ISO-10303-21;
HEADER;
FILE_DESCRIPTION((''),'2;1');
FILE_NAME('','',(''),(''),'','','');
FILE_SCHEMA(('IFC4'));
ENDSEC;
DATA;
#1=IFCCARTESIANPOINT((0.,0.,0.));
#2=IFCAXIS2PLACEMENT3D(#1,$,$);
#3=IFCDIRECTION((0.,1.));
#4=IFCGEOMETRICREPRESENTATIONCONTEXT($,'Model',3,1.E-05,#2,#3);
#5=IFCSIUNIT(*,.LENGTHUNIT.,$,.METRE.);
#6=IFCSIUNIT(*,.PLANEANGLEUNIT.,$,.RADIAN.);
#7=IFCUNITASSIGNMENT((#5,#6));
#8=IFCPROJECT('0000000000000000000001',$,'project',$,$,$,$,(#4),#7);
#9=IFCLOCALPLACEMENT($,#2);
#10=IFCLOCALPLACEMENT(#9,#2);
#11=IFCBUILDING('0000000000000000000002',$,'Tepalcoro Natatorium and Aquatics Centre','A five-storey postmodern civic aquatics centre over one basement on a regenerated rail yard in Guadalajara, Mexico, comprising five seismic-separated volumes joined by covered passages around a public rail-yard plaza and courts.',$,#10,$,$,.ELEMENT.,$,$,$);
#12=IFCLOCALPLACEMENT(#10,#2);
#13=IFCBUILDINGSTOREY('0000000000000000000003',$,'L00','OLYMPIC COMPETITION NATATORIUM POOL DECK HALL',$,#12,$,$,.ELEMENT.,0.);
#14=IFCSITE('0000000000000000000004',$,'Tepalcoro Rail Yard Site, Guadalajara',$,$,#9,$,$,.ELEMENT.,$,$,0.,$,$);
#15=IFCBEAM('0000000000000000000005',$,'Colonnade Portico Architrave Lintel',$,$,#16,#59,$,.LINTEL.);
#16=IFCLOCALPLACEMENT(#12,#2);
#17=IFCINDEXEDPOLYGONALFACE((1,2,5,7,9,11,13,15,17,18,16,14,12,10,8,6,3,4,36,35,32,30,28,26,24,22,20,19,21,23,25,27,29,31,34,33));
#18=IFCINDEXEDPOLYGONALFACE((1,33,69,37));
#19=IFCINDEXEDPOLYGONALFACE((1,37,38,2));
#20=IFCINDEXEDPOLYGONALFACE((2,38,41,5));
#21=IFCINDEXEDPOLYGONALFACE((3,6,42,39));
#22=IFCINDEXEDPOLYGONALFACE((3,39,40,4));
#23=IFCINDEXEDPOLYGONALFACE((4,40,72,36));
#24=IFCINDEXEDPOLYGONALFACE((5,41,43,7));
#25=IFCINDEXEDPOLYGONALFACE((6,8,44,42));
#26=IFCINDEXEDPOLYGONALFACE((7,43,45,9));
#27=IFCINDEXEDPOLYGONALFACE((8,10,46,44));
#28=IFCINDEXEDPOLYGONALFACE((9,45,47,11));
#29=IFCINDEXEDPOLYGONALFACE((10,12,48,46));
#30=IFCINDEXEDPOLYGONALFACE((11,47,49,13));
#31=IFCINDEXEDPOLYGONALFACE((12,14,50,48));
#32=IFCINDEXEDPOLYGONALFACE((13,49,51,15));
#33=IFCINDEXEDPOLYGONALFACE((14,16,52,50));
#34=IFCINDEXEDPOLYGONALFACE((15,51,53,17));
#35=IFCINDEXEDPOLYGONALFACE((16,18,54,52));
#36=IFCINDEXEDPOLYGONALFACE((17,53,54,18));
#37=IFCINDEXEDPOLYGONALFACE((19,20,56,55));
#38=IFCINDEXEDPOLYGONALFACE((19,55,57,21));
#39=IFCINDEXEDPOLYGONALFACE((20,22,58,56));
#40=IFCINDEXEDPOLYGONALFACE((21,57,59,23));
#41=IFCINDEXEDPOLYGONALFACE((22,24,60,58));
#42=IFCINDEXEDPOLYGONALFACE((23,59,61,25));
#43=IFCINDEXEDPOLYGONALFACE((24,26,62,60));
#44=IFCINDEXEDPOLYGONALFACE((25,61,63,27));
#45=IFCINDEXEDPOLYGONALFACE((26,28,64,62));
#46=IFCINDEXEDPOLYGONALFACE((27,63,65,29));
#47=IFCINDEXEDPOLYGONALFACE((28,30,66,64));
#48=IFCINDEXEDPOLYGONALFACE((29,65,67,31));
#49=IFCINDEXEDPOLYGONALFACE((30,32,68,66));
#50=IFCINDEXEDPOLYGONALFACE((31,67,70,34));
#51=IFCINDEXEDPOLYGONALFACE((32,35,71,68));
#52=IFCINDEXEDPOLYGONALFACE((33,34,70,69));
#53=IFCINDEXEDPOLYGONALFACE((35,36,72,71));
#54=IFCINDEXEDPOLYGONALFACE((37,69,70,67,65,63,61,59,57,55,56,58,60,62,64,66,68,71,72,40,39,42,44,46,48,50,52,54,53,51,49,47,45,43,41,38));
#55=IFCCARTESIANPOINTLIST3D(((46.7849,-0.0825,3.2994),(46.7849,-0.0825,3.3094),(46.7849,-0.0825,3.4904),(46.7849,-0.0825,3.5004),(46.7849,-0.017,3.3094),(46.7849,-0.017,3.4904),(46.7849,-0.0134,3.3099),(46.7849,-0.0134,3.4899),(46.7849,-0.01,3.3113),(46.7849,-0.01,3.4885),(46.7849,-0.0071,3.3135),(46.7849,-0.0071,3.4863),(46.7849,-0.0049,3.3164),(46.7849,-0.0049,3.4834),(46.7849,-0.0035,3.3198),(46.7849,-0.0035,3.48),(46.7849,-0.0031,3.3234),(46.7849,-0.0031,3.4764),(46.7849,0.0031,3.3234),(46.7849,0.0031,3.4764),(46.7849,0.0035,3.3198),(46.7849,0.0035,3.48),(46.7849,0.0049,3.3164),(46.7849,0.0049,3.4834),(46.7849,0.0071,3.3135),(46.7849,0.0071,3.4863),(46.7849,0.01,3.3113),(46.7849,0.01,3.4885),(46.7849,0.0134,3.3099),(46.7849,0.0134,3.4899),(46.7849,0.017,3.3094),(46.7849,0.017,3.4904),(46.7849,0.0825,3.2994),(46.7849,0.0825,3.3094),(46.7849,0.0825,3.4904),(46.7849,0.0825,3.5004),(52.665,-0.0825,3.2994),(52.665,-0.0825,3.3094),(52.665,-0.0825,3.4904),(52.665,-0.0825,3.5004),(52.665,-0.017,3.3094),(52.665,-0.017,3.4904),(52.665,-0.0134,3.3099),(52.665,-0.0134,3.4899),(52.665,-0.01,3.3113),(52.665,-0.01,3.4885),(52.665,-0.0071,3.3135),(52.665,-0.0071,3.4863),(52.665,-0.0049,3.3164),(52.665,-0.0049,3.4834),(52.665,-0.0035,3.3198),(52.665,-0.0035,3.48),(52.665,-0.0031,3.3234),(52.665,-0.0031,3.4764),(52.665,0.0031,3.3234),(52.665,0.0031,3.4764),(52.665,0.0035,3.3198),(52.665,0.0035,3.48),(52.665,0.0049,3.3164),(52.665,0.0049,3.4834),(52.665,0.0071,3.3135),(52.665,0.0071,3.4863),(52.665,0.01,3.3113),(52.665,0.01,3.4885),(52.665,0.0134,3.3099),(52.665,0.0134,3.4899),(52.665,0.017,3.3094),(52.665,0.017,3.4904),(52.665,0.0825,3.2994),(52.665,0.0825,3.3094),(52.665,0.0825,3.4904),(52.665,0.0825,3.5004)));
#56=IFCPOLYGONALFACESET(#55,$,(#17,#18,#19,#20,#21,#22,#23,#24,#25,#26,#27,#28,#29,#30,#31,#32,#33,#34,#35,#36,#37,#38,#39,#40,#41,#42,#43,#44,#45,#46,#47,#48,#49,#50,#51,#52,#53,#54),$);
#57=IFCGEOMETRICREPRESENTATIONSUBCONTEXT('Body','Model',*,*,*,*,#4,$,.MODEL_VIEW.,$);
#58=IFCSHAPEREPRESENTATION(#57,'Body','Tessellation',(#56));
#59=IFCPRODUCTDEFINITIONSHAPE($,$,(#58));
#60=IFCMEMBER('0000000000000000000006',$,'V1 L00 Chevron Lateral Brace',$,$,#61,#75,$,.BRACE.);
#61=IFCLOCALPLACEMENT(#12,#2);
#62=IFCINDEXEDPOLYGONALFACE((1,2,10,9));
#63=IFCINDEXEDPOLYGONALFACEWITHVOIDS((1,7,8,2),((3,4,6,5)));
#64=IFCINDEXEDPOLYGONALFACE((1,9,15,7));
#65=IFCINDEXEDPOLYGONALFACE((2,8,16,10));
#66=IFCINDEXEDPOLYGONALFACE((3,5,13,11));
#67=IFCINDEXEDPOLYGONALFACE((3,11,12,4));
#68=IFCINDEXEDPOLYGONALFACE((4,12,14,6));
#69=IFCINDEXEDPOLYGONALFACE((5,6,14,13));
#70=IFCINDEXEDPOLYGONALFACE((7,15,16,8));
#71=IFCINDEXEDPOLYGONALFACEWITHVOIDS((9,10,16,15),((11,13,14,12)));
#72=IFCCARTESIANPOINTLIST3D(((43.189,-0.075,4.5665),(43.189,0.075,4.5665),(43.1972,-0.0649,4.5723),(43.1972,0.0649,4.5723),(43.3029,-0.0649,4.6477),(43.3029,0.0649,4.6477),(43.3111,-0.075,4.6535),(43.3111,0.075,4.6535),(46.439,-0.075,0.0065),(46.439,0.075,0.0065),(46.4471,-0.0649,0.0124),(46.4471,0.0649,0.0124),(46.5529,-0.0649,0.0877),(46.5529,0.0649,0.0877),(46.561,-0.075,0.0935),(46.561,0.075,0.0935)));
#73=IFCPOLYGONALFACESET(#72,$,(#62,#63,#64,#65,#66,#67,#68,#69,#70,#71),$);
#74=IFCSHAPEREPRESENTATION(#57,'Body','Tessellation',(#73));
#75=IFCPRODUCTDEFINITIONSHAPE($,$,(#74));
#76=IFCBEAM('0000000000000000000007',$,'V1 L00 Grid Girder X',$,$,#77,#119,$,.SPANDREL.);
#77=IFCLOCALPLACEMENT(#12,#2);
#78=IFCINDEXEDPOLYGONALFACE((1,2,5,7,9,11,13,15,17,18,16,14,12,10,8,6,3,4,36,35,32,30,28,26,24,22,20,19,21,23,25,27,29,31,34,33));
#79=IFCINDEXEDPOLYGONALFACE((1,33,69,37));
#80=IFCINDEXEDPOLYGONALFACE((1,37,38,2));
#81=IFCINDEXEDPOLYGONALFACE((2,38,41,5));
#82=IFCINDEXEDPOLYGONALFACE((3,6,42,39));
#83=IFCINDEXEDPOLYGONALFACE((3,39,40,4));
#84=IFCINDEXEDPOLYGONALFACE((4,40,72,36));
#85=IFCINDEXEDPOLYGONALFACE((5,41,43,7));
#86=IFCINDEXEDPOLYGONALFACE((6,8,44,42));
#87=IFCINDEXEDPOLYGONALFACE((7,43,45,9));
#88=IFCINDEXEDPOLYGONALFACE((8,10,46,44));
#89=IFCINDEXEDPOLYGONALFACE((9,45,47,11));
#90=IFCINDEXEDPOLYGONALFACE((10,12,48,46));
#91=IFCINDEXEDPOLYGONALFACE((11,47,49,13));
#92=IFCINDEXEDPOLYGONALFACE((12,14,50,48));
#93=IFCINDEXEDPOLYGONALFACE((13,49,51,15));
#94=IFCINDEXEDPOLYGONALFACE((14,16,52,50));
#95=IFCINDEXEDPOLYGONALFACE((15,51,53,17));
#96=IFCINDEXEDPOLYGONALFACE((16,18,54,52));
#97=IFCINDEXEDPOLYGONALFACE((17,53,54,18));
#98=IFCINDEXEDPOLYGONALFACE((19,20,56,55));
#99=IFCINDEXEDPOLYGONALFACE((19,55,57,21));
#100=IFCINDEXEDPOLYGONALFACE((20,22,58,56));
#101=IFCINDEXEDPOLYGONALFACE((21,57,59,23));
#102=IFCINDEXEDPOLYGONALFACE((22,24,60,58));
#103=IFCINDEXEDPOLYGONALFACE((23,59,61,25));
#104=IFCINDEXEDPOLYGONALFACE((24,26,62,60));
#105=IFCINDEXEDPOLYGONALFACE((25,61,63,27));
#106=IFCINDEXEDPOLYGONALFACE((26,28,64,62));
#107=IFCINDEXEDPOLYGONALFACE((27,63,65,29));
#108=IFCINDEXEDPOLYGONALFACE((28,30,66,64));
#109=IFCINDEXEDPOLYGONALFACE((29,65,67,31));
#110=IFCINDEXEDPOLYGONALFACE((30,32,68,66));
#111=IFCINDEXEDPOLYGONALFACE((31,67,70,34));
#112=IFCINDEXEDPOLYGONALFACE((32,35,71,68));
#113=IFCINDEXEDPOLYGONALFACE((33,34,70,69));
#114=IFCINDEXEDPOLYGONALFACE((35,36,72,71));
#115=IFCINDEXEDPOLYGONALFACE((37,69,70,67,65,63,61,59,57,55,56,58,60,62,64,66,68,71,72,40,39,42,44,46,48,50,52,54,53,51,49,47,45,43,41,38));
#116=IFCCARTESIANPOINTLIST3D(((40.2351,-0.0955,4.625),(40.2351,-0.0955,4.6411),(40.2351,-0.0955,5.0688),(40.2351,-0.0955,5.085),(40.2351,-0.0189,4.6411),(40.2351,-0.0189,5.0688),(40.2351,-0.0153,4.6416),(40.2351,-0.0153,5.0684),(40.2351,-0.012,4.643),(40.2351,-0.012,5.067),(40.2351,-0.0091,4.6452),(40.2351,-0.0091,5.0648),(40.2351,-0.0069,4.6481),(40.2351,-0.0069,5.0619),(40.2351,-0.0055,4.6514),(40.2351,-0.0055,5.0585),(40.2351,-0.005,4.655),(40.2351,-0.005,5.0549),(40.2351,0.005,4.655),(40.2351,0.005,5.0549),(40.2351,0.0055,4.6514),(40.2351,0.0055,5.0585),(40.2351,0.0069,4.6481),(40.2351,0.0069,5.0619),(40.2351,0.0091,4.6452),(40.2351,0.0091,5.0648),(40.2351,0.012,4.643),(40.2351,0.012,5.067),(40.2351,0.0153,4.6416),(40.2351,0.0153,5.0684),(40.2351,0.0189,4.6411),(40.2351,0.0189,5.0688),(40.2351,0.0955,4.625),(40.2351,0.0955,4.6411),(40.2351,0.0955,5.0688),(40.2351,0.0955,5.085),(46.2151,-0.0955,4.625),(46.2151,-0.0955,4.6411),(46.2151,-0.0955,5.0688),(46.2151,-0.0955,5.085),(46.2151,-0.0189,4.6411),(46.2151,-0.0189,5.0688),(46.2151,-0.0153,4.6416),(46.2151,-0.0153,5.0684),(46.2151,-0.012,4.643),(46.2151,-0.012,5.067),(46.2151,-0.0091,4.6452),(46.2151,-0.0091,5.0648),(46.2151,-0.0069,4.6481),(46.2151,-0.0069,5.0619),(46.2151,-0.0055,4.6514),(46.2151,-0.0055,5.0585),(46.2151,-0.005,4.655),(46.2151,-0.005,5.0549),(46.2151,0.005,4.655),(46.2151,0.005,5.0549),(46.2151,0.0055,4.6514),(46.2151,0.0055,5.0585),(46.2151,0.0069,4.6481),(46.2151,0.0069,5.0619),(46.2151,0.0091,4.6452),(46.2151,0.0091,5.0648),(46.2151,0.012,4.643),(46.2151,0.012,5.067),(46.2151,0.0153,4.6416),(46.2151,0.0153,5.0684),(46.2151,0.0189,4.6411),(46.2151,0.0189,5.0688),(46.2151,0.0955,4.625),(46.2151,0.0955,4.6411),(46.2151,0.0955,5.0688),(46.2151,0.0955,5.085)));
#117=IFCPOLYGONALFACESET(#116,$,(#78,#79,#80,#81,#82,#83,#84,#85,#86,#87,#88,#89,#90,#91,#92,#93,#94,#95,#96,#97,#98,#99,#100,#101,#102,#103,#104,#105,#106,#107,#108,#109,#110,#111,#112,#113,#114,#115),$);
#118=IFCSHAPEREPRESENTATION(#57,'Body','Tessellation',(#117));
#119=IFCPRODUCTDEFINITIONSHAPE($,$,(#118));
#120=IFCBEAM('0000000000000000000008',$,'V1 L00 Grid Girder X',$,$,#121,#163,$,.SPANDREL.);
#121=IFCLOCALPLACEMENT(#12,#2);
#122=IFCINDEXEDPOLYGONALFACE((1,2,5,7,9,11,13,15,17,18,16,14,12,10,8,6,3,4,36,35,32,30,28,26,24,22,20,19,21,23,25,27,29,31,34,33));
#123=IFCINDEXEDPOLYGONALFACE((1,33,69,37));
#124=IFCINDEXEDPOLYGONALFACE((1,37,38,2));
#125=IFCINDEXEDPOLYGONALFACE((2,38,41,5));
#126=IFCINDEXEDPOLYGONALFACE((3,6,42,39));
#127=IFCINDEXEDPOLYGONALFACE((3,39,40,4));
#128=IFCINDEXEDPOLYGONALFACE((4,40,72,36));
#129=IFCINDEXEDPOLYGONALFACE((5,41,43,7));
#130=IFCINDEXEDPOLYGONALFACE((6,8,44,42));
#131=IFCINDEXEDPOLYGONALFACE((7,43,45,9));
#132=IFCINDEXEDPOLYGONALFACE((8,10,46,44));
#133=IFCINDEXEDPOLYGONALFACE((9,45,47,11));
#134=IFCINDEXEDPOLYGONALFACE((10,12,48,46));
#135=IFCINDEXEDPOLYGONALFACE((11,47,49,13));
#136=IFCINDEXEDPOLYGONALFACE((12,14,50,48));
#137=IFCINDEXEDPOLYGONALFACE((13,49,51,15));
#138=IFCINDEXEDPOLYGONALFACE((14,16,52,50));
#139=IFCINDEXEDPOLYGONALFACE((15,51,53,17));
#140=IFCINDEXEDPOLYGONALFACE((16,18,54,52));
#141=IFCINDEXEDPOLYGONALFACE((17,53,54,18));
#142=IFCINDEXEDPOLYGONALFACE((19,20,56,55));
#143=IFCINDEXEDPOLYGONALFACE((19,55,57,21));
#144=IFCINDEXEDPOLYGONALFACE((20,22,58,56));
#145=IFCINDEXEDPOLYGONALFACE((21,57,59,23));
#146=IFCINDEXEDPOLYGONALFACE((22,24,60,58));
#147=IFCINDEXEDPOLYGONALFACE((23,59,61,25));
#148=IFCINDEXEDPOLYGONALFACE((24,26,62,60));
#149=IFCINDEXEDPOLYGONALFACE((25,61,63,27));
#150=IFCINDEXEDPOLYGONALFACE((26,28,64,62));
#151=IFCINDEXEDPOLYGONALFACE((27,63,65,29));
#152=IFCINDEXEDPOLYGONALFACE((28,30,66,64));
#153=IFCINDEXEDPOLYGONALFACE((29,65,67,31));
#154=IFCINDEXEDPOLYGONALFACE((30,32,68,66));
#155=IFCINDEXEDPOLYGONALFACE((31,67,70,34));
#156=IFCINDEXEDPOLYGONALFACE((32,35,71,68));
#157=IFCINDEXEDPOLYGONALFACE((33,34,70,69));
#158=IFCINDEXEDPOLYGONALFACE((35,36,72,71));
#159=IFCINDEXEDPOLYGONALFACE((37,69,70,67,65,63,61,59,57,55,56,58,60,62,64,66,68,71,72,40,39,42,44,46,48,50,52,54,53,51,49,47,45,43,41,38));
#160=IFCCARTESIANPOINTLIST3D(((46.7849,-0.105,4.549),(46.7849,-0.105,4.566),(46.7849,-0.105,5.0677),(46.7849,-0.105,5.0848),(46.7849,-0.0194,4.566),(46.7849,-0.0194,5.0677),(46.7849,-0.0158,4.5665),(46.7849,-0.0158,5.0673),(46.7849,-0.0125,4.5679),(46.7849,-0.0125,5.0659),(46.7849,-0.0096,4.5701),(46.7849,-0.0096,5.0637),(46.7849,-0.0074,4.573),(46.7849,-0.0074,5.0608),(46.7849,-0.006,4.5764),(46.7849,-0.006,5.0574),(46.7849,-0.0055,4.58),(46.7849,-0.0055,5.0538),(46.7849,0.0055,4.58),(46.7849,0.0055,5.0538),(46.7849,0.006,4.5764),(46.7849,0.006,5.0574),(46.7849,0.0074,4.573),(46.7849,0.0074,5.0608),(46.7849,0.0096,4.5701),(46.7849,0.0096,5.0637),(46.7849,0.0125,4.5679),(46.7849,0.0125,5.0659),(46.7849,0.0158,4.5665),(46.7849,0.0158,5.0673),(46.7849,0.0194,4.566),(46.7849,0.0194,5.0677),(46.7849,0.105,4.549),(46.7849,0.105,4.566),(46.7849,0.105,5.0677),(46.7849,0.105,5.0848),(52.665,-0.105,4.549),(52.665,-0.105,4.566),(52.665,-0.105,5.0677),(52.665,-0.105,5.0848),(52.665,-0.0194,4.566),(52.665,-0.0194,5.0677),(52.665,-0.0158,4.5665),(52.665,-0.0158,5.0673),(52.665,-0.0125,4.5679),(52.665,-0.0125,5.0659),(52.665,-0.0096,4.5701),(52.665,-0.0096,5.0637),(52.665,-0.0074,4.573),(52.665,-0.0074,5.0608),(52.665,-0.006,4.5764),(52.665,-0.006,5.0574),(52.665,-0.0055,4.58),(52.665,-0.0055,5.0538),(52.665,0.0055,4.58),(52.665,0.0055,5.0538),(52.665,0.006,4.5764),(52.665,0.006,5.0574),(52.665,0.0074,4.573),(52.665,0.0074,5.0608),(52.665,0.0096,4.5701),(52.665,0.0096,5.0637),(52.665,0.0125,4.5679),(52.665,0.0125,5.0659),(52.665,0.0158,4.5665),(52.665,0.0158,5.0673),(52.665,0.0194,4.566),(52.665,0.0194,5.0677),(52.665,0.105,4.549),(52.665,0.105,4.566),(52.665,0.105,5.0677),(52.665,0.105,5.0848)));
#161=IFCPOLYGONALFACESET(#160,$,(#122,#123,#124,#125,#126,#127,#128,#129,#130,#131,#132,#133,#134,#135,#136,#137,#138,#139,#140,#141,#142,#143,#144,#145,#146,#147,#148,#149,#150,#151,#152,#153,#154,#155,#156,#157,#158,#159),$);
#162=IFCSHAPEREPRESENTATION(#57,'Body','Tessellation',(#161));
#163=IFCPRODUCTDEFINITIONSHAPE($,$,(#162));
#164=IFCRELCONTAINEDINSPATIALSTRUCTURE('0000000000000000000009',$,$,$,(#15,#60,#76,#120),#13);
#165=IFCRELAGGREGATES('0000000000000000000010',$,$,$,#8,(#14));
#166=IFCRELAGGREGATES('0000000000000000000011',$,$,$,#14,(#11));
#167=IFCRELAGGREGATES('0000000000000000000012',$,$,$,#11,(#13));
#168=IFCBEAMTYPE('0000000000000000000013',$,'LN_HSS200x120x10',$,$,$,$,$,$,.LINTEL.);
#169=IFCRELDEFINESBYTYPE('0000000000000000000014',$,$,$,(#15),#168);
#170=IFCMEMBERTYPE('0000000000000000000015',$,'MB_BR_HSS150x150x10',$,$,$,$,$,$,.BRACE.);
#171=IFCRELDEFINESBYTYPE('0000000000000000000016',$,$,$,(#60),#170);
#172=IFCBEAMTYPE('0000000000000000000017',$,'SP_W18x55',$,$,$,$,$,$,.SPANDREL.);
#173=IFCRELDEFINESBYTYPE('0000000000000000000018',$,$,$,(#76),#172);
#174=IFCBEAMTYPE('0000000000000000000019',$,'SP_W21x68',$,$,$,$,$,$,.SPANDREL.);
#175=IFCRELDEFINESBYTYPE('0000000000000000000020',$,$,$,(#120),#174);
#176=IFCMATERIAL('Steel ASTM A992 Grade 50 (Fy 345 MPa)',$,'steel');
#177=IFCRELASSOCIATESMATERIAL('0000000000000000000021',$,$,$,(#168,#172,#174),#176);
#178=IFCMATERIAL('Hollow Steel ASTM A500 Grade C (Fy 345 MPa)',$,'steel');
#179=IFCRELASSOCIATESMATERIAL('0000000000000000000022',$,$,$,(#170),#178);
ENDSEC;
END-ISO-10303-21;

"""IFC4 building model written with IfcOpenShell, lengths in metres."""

from ifc_helpers import new_model, si_unit, direction, frame, origin, origin_2d, place, context, subcontext, project, spatial, hollow_rectangle, i_section, extrude, material, material_profile, profile_set, type_object, element, save


model = new_model("IFC4")

# Units and contexts
model_context = context("Model", 3, precision=1e-05, world=origin(), true_north=direction((0.0, 1.0)))
body_context = subcontext(model_context, "Body", "Model", "MODEL_VIEW")
ifc_project = project(units=[si_unit("LENGTHUNIT", "METRE"), si_unit("PLANEANGLEUNIT", "RADIAN")], contexts=[model_context])

# Site, building, storey
site_placement = place(None, origin())
site = spatial("IfcSite", under=ifc_project, at=site_placement, Name="Tepalcoro Rail Yard Site, Guadalajara", CompositionType="ELEMENT", RefElevation=0.0)
building_placement = place(site_placement, origin())
building = spatial("IfcBuilding", under=site, at=building_placement, Name="Tepalcoro Natatorium and Aquatics Centre", Description="A five-storey postmodern civic aquatics centre over one basement on a regenerated rail yard in Guadalajara, Mexico, comprising five seismic-separated volumes joined by covered passages around a public rail-yard plaza and courts.", CompositionType="ELEMENT")
storey_placement = place(building_placement, origin())
storey = spatial("IfcBuildingStorey", under=building, at=storey_placement, Name="L00", Description="OLYMPIC COMPETITION NATATORIUM POOL DECK HALL", CompositionType="ELEMENT", Elevation=0.0)

# Beam
ifc_material_1 = material(Name="Steel ASTM A992 Grade 50 (Fy 345 MPa)", Category="steel")
ifc_material_profile_1 = material_profile(ifc_material_1, i_section(OverallWidth=0.165, OverallDepth=0.2009, WebThickness=0.0061, FlangeThickness=0.01, FilletRadius=0.0139, at=origin_2d()), Name="W8X24")
ifc_profile_set_1 = profile_set([ifc_material_profile_1], Name="Steel ASTM A992 Grade 50 (Fy 345 MPa)")
beam_type_1 = type_object("IfcBeamType", Name="LN_HSS200x120x10", PredefinedType="LINTEL", material=ifc_profile_set_1)
beam_1_placement = place(storey_placement, frame((46.7849, 0.0, 3.3999), z_axis=(1.0, 0.0, 0.0), x_axis=(0.0, 1.0, 0.0)))
element("IfcBeam", 1, at=beam_1_placement, inside=storey, type_object=beam_type_1, Name="Colonnade Portico Architrave Lintel", PredefinedType="LINTEL", context=body_context, shape_type="SweptSolid", body=[
    extrude(i_section(OverallWidth=0.165, OverallDepth=0.2009, WebThickness=0.0061, FlangeThickness=0.01, FilletRadius=0.0139, at=origin_2d()), origin(), (0.0, 0.0, 1.0), 5.8801),
])

# Member
ifc_material_2 = material(Name="Hollow Steel ASTM A500 Grade C (Fy 345 MPa)", Category="steel")
ifc_material_profile_2 = material_profile(ifc_material_2, hollow_rectangle(XDim=0.1499, YDim=0.1499, WallThickness=0.01, at=origin_2d()), Name="HSS150X150X10")
ifc_profile_set_2 = profile_set([ifc_material_profile_2], Name="Hollow Steel ASTM A500 Grade C (Fy 345 MPa)")
member_type = type_object("IfcMemberType", Name="MB_BR_HSS150x150x10", PredefinedType="BRACE", material=ifc_profile_set_2)
member_placement = place(storey_placement, frame((46.5, 0.0, 0.05), z_axis=(-0.580388, 0.0, 0.81434), x_axis=(0.0, -1.0, 0.0)))
element("IfcMember", 2, at=member_placement, inside=storey, type_object=member_type, Name="V1 L00 Chevron Lateral Brace", PredefinedType="BRACE", context=body_context, shape_type="SweptSolid", body=[
    extrude(hollow_rectangle(XDim=0.1499, YDim=0.1499, WallThickness=0.01, at=origin_2d()), origin(), (0.0, 0.0, 1.0), 5.5996),
])

# Beams
ifc_material_profile_3 = material_profile(ifc_material_1, i_section(OverallWidth=0.1909, OverallDepth=0.46, WebThickness=0.01, FlangeThickness=0.0161, FilletRadius=0.0139, at=origin_2d()), Name="W18X55")
ifc_profile_set_3 = profile_set([ifc_material_profile_3], Name="Steel ASTM A992 Grade 50 (Fy 345 MPa)")
beam_type_2 = type_object("IfcBeamType", Name="SP_W18x55", PredefinedType="SPANDREL", material=ifc_profile_set_3)
beam_2_placement = place(storey_placement, frame((40.2351, 0.0, 4.855), z_axis=(1.0, 0.0, 0.0), x_axis=(0.0, 1.0, 0.0)))
element("IfcBeam", 3, at=beam_2_placement, inside=storey, type_object=beam_type_2, Name="V1 L00 Grid Girder X", PredefinedType="SPANDREL", context=body_context, shape_type="SweptSolid", body=[
    extrude(i_section(OverallWidth=0.1909, OverallDepth=0.46, WebThickness=0.01, FlangeThickness=0.0161, FilletRadius=0.0139, at=origin_2d()), origin(), (0.0, 0.0, 1.0), 5.98),
])
ifc_material_profile_4 = material_profile(ifc_material_1, i_section(OverallWidth=0.21, OverallDepth=0.5359, WebThickness=0.011, FlangeThickness=0.0171, FilletRadius=0.0139, at=origin_2d()), Name="W21X68")
ifc_profile_set_4 = profile_set([ifc_material_profile_4], Name="Steel ASTM A992 Grade 50 (Fy 345 MPa)")
beam_type_3 = type_object("IfcBeamType", Name="SP_W21x68", PredefinedType="SPANDREL", material=ifc_profile_set_4)
beam_3_placement = place(storey_placement, frame((46.7849, 0.0, 4.8169), z_axis=(1.0, 0.0, 0.0), x_axis=(0.0, 1.0, 0.0)))
element("IfcBeam", 4, at=beam_3_placement, inside=storey, type_object=beam_type_3, Name="V1 L00 Grid Girder X", PredefinedType="SPANDREL", context=body_context, shape_type="SweptSolid", body=[
    extrude(i_section(OverallWidth=0.21, OverallDepth=0.5359, WebThickness=0.011, FlangeThickness=0.0171, FilletRadius=0.0139, at=origin_2d()), origin(), (0.0, 0.0, 1.0), 5.8801),
])

save(model, "model.ifc")
